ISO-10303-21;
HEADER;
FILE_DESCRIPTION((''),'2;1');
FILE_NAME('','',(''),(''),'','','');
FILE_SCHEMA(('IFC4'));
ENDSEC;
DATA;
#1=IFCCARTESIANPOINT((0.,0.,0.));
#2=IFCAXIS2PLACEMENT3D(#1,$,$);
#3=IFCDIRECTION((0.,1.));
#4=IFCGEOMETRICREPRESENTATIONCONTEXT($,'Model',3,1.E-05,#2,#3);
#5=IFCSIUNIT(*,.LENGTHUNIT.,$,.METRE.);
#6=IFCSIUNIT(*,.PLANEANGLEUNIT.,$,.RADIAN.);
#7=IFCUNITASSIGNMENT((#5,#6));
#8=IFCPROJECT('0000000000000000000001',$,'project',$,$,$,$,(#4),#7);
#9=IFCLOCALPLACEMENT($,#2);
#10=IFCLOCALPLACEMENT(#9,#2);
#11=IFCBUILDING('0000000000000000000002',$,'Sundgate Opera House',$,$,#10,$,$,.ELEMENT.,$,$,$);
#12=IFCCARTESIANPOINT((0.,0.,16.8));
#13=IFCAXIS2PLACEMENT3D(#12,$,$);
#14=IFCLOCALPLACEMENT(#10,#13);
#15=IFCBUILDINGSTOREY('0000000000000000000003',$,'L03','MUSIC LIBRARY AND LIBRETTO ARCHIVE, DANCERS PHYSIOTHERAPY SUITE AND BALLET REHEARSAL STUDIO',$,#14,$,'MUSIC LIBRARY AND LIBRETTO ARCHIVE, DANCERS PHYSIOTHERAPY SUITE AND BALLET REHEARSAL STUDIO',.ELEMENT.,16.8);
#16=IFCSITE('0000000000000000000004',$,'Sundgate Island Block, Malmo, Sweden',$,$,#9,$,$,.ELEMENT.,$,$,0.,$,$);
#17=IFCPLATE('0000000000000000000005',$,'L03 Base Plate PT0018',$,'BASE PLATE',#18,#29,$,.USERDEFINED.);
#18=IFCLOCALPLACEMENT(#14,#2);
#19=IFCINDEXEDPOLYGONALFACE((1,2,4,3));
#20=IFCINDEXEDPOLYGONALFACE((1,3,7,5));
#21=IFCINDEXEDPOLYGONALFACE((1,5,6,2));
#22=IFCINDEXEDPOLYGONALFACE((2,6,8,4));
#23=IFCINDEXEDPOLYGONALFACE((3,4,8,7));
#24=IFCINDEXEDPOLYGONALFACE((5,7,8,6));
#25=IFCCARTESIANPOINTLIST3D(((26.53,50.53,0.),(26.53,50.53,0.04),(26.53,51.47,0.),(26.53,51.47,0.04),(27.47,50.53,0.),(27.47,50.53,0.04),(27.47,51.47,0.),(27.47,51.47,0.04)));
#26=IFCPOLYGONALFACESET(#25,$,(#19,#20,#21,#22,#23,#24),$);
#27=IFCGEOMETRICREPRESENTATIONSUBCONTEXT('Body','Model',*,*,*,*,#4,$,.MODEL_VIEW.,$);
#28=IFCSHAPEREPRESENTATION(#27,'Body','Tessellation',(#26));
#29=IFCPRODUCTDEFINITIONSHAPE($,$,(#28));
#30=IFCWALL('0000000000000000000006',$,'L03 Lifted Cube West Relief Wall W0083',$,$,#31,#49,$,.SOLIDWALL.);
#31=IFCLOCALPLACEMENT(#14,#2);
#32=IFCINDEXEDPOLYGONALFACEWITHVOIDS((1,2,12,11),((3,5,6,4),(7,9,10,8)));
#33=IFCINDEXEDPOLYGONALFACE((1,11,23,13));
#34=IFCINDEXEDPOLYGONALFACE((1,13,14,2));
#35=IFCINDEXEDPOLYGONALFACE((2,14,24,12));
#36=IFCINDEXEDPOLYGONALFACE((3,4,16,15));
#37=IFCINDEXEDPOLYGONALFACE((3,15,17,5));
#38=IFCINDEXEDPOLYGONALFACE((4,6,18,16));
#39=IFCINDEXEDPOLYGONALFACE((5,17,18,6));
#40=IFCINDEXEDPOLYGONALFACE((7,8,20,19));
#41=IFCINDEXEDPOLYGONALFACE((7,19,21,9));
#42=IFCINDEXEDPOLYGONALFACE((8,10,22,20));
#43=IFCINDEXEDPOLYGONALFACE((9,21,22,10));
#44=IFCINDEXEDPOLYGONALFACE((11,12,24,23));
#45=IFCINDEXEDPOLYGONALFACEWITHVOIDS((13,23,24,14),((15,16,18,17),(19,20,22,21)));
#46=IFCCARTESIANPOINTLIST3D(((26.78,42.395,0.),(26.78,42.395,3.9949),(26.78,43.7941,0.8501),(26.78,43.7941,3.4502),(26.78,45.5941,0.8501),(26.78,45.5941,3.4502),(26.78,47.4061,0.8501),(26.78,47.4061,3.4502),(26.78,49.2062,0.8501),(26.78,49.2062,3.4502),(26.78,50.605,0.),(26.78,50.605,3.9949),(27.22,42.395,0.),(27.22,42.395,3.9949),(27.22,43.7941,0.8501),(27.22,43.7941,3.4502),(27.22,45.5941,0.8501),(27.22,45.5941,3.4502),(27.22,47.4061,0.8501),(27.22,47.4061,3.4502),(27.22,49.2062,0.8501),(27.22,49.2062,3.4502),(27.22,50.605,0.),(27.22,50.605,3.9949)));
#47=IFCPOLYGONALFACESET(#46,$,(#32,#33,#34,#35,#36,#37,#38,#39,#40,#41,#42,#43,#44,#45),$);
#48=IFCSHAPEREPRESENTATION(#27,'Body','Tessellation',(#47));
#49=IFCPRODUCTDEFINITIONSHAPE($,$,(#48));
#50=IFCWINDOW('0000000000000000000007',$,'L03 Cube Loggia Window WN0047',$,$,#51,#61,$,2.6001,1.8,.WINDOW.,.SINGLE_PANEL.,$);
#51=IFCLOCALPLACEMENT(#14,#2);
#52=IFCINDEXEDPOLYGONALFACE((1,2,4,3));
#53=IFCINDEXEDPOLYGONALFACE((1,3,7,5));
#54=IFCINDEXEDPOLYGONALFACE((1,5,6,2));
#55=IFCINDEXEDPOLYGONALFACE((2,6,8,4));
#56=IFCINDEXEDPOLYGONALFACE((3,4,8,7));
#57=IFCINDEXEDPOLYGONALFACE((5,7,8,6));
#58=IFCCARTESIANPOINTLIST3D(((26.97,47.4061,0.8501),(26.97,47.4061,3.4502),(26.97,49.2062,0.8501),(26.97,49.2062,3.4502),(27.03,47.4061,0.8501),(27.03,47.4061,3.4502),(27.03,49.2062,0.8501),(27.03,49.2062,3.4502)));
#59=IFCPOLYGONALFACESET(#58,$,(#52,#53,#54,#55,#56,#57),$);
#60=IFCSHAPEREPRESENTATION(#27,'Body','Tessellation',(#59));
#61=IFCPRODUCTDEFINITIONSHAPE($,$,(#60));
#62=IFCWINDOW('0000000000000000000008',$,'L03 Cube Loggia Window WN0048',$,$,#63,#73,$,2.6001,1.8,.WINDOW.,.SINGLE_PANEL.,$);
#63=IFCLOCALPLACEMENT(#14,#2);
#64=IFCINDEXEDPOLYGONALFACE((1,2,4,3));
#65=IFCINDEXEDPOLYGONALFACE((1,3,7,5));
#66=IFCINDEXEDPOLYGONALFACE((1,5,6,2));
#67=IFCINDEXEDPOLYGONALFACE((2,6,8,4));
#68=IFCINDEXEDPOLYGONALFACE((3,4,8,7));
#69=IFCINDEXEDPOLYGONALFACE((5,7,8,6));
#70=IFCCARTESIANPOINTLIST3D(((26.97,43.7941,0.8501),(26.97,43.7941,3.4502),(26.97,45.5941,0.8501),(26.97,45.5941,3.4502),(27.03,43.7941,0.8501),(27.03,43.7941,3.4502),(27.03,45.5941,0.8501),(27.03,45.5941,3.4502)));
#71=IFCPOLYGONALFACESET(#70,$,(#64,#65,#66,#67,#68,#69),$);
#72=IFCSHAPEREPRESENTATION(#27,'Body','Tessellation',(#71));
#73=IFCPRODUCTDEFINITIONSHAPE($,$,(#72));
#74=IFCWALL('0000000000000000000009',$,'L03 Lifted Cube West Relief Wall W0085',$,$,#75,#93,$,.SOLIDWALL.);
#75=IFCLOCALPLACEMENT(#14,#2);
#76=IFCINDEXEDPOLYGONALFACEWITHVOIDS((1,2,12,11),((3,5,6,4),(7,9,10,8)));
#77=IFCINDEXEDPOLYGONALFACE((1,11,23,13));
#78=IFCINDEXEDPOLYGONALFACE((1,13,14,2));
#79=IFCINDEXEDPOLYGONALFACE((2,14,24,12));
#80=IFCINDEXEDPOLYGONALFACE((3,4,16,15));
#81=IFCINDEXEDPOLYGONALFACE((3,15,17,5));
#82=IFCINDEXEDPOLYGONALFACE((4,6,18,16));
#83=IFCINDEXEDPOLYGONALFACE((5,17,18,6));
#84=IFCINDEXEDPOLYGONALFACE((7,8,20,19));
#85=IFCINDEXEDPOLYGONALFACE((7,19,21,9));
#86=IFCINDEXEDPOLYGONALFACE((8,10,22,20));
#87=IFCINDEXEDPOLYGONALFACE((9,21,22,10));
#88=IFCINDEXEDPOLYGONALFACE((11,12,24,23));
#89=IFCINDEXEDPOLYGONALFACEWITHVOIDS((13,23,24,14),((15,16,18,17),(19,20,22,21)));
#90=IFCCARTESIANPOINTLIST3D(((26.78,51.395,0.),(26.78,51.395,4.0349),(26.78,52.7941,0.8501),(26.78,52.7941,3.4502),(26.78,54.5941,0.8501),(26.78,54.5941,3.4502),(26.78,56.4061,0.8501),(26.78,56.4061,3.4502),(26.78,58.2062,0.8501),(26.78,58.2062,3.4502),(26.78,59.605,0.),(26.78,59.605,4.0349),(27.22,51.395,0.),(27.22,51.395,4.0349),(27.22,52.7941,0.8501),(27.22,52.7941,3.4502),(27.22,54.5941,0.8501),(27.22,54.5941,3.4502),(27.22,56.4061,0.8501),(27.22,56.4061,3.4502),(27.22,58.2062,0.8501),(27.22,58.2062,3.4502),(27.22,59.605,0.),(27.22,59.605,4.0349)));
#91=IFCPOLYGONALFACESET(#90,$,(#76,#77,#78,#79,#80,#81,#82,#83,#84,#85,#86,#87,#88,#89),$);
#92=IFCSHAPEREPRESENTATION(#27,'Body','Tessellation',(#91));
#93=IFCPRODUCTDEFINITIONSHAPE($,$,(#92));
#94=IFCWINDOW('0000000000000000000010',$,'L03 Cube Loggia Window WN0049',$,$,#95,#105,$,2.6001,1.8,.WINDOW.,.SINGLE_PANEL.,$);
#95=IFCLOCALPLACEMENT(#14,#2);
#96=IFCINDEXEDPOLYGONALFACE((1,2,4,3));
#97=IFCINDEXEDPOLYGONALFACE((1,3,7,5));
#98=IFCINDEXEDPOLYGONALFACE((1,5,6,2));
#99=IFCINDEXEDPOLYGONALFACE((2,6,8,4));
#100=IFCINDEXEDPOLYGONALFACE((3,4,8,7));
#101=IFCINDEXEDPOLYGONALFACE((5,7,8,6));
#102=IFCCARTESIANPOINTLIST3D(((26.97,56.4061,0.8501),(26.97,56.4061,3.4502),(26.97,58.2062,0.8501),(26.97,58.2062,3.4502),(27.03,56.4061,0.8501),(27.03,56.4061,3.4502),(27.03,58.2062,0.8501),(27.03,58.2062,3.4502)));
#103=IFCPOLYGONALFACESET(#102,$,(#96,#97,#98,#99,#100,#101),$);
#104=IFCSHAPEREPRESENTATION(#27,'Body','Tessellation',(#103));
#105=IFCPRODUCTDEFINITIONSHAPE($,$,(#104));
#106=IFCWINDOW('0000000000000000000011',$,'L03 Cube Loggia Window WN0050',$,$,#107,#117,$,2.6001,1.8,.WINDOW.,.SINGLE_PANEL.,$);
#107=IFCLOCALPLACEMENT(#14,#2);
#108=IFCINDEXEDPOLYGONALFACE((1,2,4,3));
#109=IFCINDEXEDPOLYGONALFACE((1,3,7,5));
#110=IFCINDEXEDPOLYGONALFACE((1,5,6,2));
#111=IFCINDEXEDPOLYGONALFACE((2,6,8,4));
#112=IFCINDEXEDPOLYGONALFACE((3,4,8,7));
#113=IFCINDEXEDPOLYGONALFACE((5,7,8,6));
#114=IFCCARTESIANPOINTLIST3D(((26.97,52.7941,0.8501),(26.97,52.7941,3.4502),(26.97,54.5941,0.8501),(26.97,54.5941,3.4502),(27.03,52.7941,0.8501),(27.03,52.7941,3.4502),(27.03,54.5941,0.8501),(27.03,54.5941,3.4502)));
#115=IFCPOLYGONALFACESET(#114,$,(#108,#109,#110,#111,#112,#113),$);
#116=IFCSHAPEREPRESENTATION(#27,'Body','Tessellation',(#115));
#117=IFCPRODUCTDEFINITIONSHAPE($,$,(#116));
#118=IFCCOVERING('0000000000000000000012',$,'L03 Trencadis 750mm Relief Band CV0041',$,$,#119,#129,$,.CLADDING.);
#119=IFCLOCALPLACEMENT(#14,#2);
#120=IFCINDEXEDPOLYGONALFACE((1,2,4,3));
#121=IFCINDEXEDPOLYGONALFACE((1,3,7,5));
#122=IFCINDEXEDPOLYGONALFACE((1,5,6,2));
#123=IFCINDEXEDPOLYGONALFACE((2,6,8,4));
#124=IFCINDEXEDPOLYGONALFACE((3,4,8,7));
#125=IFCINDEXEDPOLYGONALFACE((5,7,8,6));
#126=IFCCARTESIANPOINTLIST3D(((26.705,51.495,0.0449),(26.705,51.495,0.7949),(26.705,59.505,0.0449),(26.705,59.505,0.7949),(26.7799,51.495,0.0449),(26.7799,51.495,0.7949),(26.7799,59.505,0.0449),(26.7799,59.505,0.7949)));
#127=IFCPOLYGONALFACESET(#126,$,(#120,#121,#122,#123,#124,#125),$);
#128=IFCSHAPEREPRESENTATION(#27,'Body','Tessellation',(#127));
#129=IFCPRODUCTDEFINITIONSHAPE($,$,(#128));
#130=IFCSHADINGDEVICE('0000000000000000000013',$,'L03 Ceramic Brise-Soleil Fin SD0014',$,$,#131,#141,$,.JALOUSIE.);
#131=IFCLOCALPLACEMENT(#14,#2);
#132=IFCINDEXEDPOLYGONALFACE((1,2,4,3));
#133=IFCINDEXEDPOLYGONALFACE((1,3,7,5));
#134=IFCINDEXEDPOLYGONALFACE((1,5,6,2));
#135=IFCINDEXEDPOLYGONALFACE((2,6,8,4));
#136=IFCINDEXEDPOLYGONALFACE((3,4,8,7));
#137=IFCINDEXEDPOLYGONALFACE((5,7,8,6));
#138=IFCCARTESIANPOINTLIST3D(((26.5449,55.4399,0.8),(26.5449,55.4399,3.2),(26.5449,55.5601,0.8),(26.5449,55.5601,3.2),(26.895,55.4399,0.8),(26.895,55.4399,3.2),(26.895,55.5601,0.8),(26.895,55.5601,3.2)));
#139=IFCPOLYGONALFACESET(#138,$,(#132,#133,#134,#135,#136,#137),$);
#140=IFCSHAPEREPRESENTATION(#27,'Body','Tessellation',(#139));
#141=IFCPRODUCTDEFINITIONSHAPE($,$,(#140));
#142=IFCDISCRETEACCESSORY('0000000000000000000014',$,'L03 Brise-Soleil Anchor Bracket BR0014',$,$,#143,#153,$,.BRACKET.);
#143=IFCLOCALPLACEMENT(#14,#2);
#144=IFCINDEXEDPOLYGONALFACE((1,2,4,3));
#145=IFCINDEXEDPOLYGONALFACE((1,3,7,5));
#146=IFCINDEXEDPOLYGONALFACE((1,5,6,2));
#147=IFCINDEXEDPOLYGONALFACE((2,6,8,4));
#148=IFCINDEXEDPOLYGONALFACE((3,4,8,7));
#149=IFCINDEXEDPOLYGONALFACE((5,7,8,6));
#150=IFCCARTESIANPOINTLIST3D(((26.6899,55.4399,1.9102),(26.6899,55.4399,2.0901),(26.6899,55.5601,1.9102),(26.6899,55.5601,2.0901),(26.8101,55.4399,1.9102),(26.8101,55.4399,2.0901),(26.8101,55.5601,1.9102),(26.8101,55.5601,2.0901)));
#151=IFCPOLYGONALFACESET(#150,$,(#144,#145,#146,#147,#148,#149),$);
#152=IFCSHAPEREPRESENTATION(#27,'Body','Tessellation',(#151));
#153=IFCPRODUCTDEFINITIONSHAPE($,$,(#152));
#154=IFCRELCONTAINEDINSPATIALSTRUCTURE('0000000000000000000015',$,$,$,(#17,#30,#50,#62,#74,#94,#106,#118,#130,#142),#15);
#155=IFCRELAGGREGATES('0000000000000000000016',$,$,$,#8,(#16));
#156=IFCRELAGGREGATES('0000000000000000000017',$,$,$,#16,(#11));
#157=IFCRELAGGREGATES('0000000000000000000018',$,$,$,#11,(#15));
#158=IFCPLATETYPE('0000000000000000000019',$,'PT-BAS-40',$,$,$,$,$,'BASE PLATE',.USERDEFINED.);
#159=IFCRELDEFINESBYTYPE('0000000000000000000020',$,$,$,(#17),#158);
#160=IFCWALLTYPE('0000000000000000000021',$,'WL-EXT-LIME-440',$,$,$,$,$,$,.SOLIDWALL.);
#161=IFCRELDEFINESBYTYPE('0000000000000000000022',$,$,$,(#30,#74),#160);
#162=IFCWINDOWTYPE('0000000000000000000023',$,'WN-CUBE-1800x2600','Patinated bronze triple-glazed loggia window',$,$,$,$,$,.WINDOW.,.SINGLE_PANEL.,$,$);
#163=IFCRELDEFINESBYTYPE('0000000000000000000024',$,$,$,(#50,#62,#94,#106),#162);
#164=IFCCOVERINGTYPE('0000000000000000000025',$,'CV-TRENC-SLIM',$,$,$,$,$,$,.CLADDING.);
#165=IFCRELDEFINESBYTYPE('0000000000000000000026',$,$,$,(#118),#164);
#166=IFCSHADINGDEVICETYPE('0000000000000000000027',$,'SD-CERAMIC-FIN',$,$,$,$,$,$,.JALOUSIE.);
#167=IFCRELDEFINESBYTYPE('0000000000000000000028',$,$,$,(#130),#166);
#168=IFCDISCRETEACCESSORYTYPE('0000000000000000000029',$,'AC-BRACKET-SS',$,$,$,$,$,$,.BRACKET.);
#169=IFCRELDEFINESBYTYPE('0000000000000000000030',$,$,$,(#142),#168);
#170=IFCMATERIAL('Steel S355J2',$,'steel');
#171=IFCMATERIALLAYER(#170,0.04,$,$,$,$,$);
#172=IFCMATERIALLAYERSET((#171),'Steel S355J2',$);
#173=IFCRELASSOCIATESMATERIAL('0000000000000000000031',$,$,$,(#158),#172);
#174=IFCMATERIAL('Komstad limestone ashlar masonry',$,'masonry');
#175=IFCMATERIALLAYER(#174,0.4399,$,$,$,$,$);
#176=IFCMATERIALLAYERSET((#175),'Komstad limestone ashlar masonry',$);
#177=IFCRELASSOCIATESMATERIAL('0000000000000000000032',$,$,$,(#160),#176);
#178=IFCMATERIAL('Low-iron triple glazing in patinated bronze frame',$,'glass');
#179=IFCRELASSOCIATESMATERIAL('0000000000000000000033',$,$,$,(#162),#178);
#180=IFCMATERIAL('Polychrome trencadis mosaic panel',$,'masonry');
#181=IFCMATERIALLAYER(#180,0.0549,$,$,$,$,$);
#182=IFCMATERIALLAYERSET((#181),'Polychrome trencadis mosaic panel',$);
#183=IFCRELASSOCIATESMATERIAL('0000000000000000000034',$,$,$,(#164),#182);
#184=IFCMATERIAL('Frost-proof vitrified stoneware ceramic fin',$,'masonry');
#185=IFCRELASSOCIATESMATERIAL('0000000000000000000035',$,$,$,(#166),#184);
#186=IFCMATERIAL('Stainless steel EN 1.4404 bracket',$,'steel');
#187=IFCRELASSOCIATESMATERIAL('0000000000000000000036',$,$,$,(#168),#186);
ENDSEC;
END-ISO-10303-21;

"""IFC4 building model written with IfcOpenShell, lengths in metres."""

from ifc_helpers import new_model, si_unit, direction, frame, frame_2d, origin, origin_2d, place, context, subcontext, project, spatial, rectangle, extrude, material, layer, layer_set, type_object, element, fill, save


model = new_model("IFC4")

# Units and contexts
model_context = context("Model", 3, precision=1e-05, world=origin(), true_north=direction((0.0, 1.0)))
body_context = subcontext(model_context, "Body", "Model", "MODEL_VIEW")
ifc_project = project(units=[si_unit("LENGTHUNIT", "METRE"), si_unit("PLANEANGLEUNIT", "RADIAN")], contexts=[model_context])

# Site, building, storey
site_placement = place(None, origin())
site = spatial("IfcSite", under=ifc_project, at=site_placement, Name="Sundgate Island Block, Malmo, Sweden", CompositionType="ELEMENT", RefElevation=0.0)
building_placement = place(site_placement, origin())
building = spatial("IfcBuilding", under=site, at=building_placement, Name="Sundgate Opera House", CompositionType="ELEMENT")
storey_placement = place(building_placement, frame((0.0, 0.0, 16.8)))
storey = spatial("IfcBuildingStorey", under=building, at=storey_placement, Name="L03", Description="MUSIC LIBRARY AND LIBRETTO ARCHIVE, DANCERS PHYSIOTHERAPY SUITE AND BALLET REHEARSAL STUDIO", LongName="MUSIC LIBRARY AND LIBRETTO ARCHIVE, DANCERS PHYSIOTHERAPY SUITE AND BALLET REHEARSAL STUDIO", CompositionType="ELEMENT", Elevation=16.8)

# Plate
ifc_material_1 = material(Name="Steel S355J2", Category="steel")
ifc_layer_1 = layer(ifc_material_1, 0.04)
ifc_layer_set_1 = layer_set([ifc_layer_1], Name="Steel S355J2")
plate_type = type_object("IfcPlateType", Name="PT-BAS-40", ElementType="BASE PLATE", PredefinedType="USERDEFINED", material=ifc_layer_set_1)
plate_placement = place(storey_placement, frame((27.0, 51.0, 0.0), z_axis=(0.0, 0.0, 1.0), x_axis=(1.0, 0.0, 0.0)))
element("IfcPlate", 1, at=plate_placement, inside=storey, type_object=plate_type, Name="L03 Base Plate PT0018", ObjectType="BASE PLATE", PredefinedType="USERDEFINED", context=body_context, shape_type="SweptSolid", body=[
    extrude(rectangle(XDim=0.9399, YDim=0.9399, at=origin_2d()), origin(), (0.0, 0.0, 1.0), 0.04),
])

# Walls, openings, windows
ifc_material_2 = material(Name="Komstad limestone ashlar masonry", Category="masonry")
ifc_layer_2 = layer(ifc_material_2, 0.4399)
ifc_layer_set_2 = layer_set([ifc_layer_2], Name="Komstad limestone ashlar masonry")
wall_type = type_object("IfcWallType", Name="WL-EXT-LIME-440", PredefinedType="SOLIDWALL", material=ifc_layer_set_2)
wall_1_placement = place(storey_placement, frame((27.0, 50.605, 0.0), z_axis=(0.0, 0.0, 1.0), x_axis=(0.0, -1.0, 0.0)))
wall_1 = element("IfcWall", 2, at=wall_1_placement, inside=storey, type_object=wall_type, Name="L03 Lifted Cube West Relief Wall W0083", PredefinedType="SOLIDWALL", context=body_context, shape_type="SweptSolid", body=[
    extrude(rectangle(XDim=8.21, YDim=0.4399, at=frame_2d((4.105, 0.0))), origin(), (0.0, 0.0, 1.0), 3.9949),
])
opening_1_placement = place(wall_1_placement, frame((1.3989, 0.0, 0.8501)))
opening_1 = element("IfcOpeningElement", 3, at=opening_1_placement, cuts=wall_1, PredefinedType="OPENING", context=body_context, shape_type="SweptSolid", body=[
    extrude(rectangle(XDim=1.8, YDim=2.6001, at=frame_2d((0.8999, 1.3))), frame((0.0, 0.23, 0.0), z_axis=(0.0, -1.0, 0.0), x_axis=(1.0, 0.0, 0.0)), (0.0, 0.0, 1.0), 0.46),
])
opening_2_placement = place(wall_1_placement, frame((5.011, 0.0, 0.8501)))
opening_2 = element("IfcOpeningElement", 4, at=opening_2_placement, cuts=wall_1, PredefinedType="OPENING", context=body_context, shape_type="SweptSolid", body=[
    extrude(rectangle(XDim=1.8, YDim=2.6001, at=frame_2d((0.8999, 1.3))), frame((0.0, 0.23, 0.0), z_axis=(0.0, -1.0, 0.0), x_axis=(1.0, 0.0, 0.0)), (0.0, 0.0, 1.0), 0.46),
])
ifc_material_3 = material(Name="Low-iron triple glazing in patinated bronze frame", Category="glass")
window_type = type_object("IfcWindowType", Name="WN-CUBE-1800x2600", Description="Patinated bronze triple-glazed loggia window", PartitioningType="SINGLE_PANEL", PredefinedType="WINDOW", material=ifc_material_3)
window_1_placement = place(opening_1_placement, origin())
window_1 = element("IfcWindow", 5, at=window_1_placement, inside=storey, type_object=window_type, Name="L03 Cube Loggia Window WN0047", OverallHeight=2.6001, OverallWidth=1.8, PartitioningType="SINGLE_PANEL", PredefinedType="WINDOW", context=body_context, shape_type="SweptSolid", body=[
    extrude(rectangle(XDim=1.8, YDim=2.6001, at=frame_2d((0.8999, 1.3))), frame((0.0, 0.03, 0.0), z_axis=(0.0, -1.0, 0.0), x_axis=(1.0, 0.0, 0.0)), (0.0, 0.0, 1.0), 0.0601),
])
fill(opening_1, window_1)
window_2_placement = place(opening_2_placement, origin())
window_2 = element("IfcWindow", 6, at=window_2_placement, inside=storey, type_object=window_type, Name="L03 Cube Loggia Window WN0048", OverallHeight=2.6001, OverallWidth=1.8, PartitioningType="SINGLE_PANEL", PredefinedType="WINDOW", context=body_context, shape_type="SweptSolid", body=[
    extrude(rectangle(XDim=1.8, YDim=2.6001, at=frame_2d((0.8999, 1.3))), frame((0.0, 0.03, 0.0), z_axis=(0.0, -1.0, 0.0), x_axis=(1.0, 0.0, 0.0)), (0.0, 0.0, 1.0), 0.0601),
])
fill(opening_2, window_2)
wall_2_placement = place(storey_placement, frame((27.0, 59.605, 0.0), z_axis=(0.0, 0.0, 1.0), x_axis=(0.0, -1.0, 0.0)))
wall_2 = element("IfcWall", 7, at=wall_2_placement, inside=storey, type_object=wall_type, Name="L03 Lifted Cube West Relief Wall W0085", PredefinedType="SOLIDWALL", context=body_context, shape_type="SweptSolid", body=[
    extrude(rectangle(XDim=8.21, YDim=0.4399, at=frame_2d((4.105, 0.0))), origin(), (0.0, 0.0, 1.0), 4.0349),
])
opening_3_placement = place(wall_2_placement, frame((1.3989, 0.0, 0.8501)))
opening_3 = element("IfcOpeningElement", 8, at=opening_3_placement, cuts=wall_2, PredefinedType="OPENING", context=body_context, shape_type="SweptSolid", body=[
    extrude(rectangle(XDim=1.8, YDim=2.6001, at=frame_2d((0.8999, 1.3))), frame((0.0, 0.23, 0.0), z_axis=(0.0, -1.0, 0.0), x_axis=(1.0, 0.0, 0.0)), (0.0, 0.0, 1.0), 0.46),
])
opening_4_placement = place(wall_2_placement, frame((5.011, 0.0, 0.8501)))
opening_4 = element("IfcOpeningElement", 9, at=opening_4_placement, cuts=wall_2, PredefinedType="OPENING", context=body_context, shape_type="SweptSolid", body=[
    extrude(rectangle(XDim=1.8, YDim=2.6001, at=frame_2d((0.8999, 1.3))), frame((0.0, 0.23, 0.0), z_axis=(0.0, -1.0, 0.0), x_axis=(1.0, 0.0, 0.0)), (0.0, 0.0, 1.0), 0.46),
])
window_3_placement = place(opening_3_placement, origin())
window_3 = element("IfcWindow", 10, at=window_3_placement, inside=storey, type_object=window_type, Name="L03 Cube Loggia Window WN0049", OverallHeight=2.6001, OverallWidth=1.8, PartitioningType="SINGLE_PANEL", PredefinedType="WINDOW", context=body_context, shape_type="SweptSolid", body=[
    extrude(rectangle(XDim=1.8, YDim=2.6001, at=frame_2d((0.8999, 1.3))), frame((0.0, 0.03, 0.0), z_axis=(0.0, -1.0, 0.0), x_axis=(1.0, 0.0, 0.0)), (0.0, 0.0, 1.0), 0.0601),
])
fill(opening_3, window_3)
window_4_placement = place(opening_4_placement, origin())
window_4 = element("IfcWindow", 11, at=window_4_placement, inside=storey, type_object=window_type, Name="L03 Cube Loggia Window WN0050", OverallHeight=2.6001, OverallWidth=1.8, PartitioningType="SINGLE_PANEL", PredefinedType="WINDOW", context=body_context, shape_type="SweptSolid", body=[
    extrude(rectangle(XDim=1.8, YDim=2.6001, at=frame_2d((0.8999, 1.3))), frame((0.0, 0.03, 0.0), z_axis=(0.0, -1.0, 0.0), x_axis=(1.0, 0.0, 0.0)), (0.0, 0.0, 1.0), 0.0601),
])
fill(opening_4, window_4)

# Covering
ifc_material_4 = material(Name="Polychrome trencadis mosaic panel", Category="masonry")
ifc_layer_3 = layer(ifc_material_4, 0.0549)
ifc_layer_set_3 = layer_set([ifc_layer_3], Name="Polychrome trencadis mosaic panel")
covering_type = type_object("IfcCoveringType", Name="CV-TRENC-SLIM", PredefinedType="CLADDING", material=ifc_layer_set_3)
covering_placement = place(storey_placement, frame((26.7424, 55.5, 0.0449), z_axis=(0.0, 0.0, 1.0), x_axis=(0.0, 1.0, 0.0)))
element("IfcCovering", 12, at=covering_placement, inside=storey, type_object=covering_type, Name="L03 Trencadis 750mm Relief Band CV0041", PredefinedType="CLADDING", context=body_context, shape_type="SweptSolid", body=[
    extrude(rectangle(XDim=8.01, YDim=0.075, at=origin_2d()), origin(), (0.0, 0.0, 1.0), 0.75),
])

# Shading device
ifc_material_5 = material(Name="Frost-proof vitrified stoneware ceramic fin", Category="masonry")
shading_device_type = type_object("IfcShadingDeviceType", Name="SD-CERAMIC-FIN", PredefinedType="JALOUSIE", material=ifc_material_5)
shading_device_placement = place(storey_placement, frame((26.72, 55.5, 0.8), z_axis=(0.0, 0.0, 1.0), x_axis=(1.0, 0.0, 0.0)))
element("IfcShadingDevice", 13, at=shading_device_placement, inside=storey, type_object=shading_device_type, Name="L03 Ceramic Brise-Soleil Fin SD0014", PredefinedType="JALOUSIE", context=body_context, shape_type="SweptSolid", body=[
    extrude(rectangle(XDim=0.3501, YDim=0.1201, at=origin_2d()), origin(), (0.0, 0.0, 1.0), 2.3999),
])

# Discrete accessory
ifc_material_6 = material(Name="Stainless steel EN 1.4404 bracket", Category="steel")
discrete_accessory_type = type_object("IfcDiscreteAccessoryType", Name="AC-BRACKET-SS", PredefinedType="BRACKET", material=ifc_material_6)
discrete_accessory_placement = place(storey_placement, frame((26.75, 55.5, 1.9102), z_axis=(0.0, 0.0, 1.0), x_axis=(1.0, 0.0, 0.0)))
element("IfcDiscreteAccessory", 14, at=discrete_accessory_placement, inside=storey, type_object=discrete_accessory_type, Name="L03 Brise-Soleil Anchor Bracket BR0014", PredefinedType="BRACKET", context=body_context, shape_type="SweptSolid", body=[
    extrude(rectangle(XDim=0.1201, YDim=0.1201, at=origin_2d()), origin(), (0.0, 0.0, 1.0), 0.1799),
])

save(model, "model.ifc")
